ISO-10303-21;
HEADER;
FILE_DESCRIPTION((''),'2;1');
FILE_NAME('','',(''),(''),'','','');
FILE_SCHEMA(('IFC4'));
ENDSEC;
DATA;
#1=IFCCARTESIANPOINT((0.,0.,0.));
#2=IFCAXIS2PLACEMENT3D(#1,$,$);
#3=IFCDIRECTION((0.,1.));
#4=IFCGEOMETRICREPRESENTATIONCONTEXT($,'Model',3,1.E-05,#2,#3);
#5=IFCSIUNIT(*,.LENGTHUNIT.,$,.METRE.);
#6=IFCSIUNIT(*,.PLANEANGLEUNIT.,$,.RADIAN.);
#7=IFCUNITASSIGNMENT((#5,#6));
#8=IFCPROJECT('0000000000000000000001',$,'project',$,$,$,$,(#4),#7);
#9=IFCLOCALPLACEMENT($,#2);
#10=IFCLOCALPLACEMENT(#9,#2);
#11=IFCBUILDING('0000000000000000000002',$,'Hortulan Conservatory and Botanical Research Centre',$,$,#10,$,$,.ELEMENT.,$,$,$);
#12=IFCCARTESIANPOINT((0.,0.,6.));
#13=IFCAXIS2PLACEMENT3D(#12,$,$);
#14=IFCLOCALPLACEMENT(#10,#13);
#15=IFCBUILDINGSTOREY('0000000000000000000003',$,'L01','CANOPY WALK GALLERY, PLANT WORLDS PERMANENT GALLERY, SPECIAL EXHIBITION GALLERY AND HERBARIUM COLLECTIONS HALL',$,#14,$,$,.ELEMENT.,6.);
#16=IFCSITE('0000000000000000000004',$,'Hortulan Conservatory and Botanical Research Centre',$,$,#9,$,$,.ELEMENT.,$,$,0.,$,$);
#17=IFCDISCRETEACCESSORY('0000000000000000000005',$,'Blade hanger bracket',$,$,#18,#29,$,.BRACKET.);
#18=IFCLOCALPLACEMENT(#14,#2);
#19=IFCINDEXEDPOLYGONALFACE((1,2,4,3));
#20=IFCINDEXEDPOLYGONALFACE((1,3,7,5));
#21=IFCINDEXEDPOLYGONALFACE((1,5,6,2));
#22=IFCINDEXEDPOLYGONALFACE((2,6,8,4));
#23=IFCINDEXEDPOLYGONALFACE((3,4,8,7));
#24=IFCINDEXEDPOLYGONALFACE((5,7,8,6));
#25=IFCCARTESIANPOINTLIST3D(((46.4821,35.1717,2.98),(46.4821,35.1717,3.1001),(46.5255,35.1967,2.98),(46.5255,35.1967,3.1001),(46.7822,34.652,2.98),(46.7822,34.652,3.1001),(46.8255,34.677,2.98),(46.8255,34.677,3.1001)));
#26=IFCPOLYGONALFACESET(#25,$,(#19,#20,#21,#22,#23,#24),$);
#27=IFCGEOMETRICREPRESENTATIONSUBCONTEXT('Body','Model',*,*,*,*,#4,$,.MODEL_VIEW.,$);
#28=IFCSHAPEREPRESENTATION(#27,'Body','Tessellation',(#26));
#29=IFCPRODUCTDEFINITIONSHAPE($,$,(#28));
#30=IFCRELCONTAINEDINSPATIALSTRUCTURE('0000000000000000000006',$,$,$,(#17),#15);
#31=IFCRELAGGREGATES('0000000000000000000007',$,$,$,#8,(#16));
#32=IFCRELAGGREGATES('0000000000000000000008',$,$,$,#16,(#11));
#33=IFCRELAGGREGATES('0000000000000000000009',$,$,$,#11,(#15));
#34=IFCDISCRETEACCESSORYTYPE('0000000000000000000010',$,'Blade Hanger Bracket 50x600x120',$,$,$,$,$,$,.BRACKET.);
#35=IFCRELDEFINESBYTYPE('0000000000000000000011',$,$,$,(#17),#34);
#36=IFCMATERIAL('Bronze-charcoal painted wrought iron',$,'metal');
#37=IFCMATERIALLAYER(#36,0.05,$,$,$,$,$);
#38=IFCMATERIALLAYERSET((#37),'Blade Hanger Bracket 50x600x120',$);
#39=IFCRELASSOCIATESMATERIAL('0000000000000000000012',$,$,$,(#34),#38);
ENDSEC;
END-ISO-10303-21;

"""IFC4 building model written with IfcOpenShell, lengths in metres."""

from ifc_helpers import new_model, si_unit, direction, frame, origin, origin_2d, place, context, subcontext, project, spatial, rectangle, extrude, material, layer, layer_set, type_object, element, save


model = new_model("IFC4")

# Units and contexts
model_context = context("Model", 3, precision=1e-05, world=origin(), true_north=direction((0.0, 1.0)))
body_context = subcontext(model_context, "Body", "Model", "MODEL_VIEW")
ifc_project = project(units=[si_unit("LENGTHUNIT", "METRE"), si_unit("PLANEANGLEUNIT", "RADIAN")], contexts=[model_context])

# Site, building, storey
site_placement = place(None, origin())
site = spatial("IfcSite", under=ifc_project, at=site_placement, Name="Hortulan Conservatory and Botanical Research Centre", CompositionType="ELEMENT", RefElevation=0.0)
building_placement = place(site_placement, origin())
building = spatial("IfcBuilding", under=site, at=building_placement, Name="Hortulan Conservatory and Botanical Research Centre", CompositionType="ELEMENT")
storey_placement = place(building_placement, frame((0.0, 0.0, 6.0)))
storey = spatial("IfcBuildingStorey", under=building, at=storey_placement, Name="L01", Description="CANOPY WALK GALLERY, PLANT WORLDS PERMANENT GALLERY, SPECIAL EXHIBITION GALLERY AND HERBARIUM COLLECTIONS HALL", CompositionType="ELEMENT", Elevation=6.0)

# Discrete accessory
ifc_material_1 = material(Name="Bronze-charcoal painted wrought iron", Category="metal")
ifc_layer_1 = layer(ifc_material_1, 0.05)
ifc_layer_set_1 = layer_set([ifc_layer_1], Name="Blade Hanger Bracket 50x600x120")
discrete_accessory_type = type_object("IfcDiscreteAccessoryType", Name="Blade Hanger Bracket 50x600x120", PredefinedType="BRACKET", material=ifc_layer_set_1)
for number, where, z_axis, x_axis, name in (
    (1, (46.6538, 34.9243, 2.98), (0.0, 0.0, 1.0), (0.866036, 0.499982, 0.0), "Blade hanger bracket"),
):
    element("IfcDiscreteAccessory", number, at=place(storey_placement, frame(where, z_axis=z_axis, x_axis=x_axis)), inside=storey, type_object=discrete_accessory_type, Name=name, PredefinedType="BRACKET", context=body_context, shape_type="SweptSolid", body=[
        extrude(rectangle(XDim=0.05, YDim=0.6001, at=origin_2d()), origin(), (0.0, 0.0, 1.0), 0.1201),
    ])

save(model, "model.ifc")
